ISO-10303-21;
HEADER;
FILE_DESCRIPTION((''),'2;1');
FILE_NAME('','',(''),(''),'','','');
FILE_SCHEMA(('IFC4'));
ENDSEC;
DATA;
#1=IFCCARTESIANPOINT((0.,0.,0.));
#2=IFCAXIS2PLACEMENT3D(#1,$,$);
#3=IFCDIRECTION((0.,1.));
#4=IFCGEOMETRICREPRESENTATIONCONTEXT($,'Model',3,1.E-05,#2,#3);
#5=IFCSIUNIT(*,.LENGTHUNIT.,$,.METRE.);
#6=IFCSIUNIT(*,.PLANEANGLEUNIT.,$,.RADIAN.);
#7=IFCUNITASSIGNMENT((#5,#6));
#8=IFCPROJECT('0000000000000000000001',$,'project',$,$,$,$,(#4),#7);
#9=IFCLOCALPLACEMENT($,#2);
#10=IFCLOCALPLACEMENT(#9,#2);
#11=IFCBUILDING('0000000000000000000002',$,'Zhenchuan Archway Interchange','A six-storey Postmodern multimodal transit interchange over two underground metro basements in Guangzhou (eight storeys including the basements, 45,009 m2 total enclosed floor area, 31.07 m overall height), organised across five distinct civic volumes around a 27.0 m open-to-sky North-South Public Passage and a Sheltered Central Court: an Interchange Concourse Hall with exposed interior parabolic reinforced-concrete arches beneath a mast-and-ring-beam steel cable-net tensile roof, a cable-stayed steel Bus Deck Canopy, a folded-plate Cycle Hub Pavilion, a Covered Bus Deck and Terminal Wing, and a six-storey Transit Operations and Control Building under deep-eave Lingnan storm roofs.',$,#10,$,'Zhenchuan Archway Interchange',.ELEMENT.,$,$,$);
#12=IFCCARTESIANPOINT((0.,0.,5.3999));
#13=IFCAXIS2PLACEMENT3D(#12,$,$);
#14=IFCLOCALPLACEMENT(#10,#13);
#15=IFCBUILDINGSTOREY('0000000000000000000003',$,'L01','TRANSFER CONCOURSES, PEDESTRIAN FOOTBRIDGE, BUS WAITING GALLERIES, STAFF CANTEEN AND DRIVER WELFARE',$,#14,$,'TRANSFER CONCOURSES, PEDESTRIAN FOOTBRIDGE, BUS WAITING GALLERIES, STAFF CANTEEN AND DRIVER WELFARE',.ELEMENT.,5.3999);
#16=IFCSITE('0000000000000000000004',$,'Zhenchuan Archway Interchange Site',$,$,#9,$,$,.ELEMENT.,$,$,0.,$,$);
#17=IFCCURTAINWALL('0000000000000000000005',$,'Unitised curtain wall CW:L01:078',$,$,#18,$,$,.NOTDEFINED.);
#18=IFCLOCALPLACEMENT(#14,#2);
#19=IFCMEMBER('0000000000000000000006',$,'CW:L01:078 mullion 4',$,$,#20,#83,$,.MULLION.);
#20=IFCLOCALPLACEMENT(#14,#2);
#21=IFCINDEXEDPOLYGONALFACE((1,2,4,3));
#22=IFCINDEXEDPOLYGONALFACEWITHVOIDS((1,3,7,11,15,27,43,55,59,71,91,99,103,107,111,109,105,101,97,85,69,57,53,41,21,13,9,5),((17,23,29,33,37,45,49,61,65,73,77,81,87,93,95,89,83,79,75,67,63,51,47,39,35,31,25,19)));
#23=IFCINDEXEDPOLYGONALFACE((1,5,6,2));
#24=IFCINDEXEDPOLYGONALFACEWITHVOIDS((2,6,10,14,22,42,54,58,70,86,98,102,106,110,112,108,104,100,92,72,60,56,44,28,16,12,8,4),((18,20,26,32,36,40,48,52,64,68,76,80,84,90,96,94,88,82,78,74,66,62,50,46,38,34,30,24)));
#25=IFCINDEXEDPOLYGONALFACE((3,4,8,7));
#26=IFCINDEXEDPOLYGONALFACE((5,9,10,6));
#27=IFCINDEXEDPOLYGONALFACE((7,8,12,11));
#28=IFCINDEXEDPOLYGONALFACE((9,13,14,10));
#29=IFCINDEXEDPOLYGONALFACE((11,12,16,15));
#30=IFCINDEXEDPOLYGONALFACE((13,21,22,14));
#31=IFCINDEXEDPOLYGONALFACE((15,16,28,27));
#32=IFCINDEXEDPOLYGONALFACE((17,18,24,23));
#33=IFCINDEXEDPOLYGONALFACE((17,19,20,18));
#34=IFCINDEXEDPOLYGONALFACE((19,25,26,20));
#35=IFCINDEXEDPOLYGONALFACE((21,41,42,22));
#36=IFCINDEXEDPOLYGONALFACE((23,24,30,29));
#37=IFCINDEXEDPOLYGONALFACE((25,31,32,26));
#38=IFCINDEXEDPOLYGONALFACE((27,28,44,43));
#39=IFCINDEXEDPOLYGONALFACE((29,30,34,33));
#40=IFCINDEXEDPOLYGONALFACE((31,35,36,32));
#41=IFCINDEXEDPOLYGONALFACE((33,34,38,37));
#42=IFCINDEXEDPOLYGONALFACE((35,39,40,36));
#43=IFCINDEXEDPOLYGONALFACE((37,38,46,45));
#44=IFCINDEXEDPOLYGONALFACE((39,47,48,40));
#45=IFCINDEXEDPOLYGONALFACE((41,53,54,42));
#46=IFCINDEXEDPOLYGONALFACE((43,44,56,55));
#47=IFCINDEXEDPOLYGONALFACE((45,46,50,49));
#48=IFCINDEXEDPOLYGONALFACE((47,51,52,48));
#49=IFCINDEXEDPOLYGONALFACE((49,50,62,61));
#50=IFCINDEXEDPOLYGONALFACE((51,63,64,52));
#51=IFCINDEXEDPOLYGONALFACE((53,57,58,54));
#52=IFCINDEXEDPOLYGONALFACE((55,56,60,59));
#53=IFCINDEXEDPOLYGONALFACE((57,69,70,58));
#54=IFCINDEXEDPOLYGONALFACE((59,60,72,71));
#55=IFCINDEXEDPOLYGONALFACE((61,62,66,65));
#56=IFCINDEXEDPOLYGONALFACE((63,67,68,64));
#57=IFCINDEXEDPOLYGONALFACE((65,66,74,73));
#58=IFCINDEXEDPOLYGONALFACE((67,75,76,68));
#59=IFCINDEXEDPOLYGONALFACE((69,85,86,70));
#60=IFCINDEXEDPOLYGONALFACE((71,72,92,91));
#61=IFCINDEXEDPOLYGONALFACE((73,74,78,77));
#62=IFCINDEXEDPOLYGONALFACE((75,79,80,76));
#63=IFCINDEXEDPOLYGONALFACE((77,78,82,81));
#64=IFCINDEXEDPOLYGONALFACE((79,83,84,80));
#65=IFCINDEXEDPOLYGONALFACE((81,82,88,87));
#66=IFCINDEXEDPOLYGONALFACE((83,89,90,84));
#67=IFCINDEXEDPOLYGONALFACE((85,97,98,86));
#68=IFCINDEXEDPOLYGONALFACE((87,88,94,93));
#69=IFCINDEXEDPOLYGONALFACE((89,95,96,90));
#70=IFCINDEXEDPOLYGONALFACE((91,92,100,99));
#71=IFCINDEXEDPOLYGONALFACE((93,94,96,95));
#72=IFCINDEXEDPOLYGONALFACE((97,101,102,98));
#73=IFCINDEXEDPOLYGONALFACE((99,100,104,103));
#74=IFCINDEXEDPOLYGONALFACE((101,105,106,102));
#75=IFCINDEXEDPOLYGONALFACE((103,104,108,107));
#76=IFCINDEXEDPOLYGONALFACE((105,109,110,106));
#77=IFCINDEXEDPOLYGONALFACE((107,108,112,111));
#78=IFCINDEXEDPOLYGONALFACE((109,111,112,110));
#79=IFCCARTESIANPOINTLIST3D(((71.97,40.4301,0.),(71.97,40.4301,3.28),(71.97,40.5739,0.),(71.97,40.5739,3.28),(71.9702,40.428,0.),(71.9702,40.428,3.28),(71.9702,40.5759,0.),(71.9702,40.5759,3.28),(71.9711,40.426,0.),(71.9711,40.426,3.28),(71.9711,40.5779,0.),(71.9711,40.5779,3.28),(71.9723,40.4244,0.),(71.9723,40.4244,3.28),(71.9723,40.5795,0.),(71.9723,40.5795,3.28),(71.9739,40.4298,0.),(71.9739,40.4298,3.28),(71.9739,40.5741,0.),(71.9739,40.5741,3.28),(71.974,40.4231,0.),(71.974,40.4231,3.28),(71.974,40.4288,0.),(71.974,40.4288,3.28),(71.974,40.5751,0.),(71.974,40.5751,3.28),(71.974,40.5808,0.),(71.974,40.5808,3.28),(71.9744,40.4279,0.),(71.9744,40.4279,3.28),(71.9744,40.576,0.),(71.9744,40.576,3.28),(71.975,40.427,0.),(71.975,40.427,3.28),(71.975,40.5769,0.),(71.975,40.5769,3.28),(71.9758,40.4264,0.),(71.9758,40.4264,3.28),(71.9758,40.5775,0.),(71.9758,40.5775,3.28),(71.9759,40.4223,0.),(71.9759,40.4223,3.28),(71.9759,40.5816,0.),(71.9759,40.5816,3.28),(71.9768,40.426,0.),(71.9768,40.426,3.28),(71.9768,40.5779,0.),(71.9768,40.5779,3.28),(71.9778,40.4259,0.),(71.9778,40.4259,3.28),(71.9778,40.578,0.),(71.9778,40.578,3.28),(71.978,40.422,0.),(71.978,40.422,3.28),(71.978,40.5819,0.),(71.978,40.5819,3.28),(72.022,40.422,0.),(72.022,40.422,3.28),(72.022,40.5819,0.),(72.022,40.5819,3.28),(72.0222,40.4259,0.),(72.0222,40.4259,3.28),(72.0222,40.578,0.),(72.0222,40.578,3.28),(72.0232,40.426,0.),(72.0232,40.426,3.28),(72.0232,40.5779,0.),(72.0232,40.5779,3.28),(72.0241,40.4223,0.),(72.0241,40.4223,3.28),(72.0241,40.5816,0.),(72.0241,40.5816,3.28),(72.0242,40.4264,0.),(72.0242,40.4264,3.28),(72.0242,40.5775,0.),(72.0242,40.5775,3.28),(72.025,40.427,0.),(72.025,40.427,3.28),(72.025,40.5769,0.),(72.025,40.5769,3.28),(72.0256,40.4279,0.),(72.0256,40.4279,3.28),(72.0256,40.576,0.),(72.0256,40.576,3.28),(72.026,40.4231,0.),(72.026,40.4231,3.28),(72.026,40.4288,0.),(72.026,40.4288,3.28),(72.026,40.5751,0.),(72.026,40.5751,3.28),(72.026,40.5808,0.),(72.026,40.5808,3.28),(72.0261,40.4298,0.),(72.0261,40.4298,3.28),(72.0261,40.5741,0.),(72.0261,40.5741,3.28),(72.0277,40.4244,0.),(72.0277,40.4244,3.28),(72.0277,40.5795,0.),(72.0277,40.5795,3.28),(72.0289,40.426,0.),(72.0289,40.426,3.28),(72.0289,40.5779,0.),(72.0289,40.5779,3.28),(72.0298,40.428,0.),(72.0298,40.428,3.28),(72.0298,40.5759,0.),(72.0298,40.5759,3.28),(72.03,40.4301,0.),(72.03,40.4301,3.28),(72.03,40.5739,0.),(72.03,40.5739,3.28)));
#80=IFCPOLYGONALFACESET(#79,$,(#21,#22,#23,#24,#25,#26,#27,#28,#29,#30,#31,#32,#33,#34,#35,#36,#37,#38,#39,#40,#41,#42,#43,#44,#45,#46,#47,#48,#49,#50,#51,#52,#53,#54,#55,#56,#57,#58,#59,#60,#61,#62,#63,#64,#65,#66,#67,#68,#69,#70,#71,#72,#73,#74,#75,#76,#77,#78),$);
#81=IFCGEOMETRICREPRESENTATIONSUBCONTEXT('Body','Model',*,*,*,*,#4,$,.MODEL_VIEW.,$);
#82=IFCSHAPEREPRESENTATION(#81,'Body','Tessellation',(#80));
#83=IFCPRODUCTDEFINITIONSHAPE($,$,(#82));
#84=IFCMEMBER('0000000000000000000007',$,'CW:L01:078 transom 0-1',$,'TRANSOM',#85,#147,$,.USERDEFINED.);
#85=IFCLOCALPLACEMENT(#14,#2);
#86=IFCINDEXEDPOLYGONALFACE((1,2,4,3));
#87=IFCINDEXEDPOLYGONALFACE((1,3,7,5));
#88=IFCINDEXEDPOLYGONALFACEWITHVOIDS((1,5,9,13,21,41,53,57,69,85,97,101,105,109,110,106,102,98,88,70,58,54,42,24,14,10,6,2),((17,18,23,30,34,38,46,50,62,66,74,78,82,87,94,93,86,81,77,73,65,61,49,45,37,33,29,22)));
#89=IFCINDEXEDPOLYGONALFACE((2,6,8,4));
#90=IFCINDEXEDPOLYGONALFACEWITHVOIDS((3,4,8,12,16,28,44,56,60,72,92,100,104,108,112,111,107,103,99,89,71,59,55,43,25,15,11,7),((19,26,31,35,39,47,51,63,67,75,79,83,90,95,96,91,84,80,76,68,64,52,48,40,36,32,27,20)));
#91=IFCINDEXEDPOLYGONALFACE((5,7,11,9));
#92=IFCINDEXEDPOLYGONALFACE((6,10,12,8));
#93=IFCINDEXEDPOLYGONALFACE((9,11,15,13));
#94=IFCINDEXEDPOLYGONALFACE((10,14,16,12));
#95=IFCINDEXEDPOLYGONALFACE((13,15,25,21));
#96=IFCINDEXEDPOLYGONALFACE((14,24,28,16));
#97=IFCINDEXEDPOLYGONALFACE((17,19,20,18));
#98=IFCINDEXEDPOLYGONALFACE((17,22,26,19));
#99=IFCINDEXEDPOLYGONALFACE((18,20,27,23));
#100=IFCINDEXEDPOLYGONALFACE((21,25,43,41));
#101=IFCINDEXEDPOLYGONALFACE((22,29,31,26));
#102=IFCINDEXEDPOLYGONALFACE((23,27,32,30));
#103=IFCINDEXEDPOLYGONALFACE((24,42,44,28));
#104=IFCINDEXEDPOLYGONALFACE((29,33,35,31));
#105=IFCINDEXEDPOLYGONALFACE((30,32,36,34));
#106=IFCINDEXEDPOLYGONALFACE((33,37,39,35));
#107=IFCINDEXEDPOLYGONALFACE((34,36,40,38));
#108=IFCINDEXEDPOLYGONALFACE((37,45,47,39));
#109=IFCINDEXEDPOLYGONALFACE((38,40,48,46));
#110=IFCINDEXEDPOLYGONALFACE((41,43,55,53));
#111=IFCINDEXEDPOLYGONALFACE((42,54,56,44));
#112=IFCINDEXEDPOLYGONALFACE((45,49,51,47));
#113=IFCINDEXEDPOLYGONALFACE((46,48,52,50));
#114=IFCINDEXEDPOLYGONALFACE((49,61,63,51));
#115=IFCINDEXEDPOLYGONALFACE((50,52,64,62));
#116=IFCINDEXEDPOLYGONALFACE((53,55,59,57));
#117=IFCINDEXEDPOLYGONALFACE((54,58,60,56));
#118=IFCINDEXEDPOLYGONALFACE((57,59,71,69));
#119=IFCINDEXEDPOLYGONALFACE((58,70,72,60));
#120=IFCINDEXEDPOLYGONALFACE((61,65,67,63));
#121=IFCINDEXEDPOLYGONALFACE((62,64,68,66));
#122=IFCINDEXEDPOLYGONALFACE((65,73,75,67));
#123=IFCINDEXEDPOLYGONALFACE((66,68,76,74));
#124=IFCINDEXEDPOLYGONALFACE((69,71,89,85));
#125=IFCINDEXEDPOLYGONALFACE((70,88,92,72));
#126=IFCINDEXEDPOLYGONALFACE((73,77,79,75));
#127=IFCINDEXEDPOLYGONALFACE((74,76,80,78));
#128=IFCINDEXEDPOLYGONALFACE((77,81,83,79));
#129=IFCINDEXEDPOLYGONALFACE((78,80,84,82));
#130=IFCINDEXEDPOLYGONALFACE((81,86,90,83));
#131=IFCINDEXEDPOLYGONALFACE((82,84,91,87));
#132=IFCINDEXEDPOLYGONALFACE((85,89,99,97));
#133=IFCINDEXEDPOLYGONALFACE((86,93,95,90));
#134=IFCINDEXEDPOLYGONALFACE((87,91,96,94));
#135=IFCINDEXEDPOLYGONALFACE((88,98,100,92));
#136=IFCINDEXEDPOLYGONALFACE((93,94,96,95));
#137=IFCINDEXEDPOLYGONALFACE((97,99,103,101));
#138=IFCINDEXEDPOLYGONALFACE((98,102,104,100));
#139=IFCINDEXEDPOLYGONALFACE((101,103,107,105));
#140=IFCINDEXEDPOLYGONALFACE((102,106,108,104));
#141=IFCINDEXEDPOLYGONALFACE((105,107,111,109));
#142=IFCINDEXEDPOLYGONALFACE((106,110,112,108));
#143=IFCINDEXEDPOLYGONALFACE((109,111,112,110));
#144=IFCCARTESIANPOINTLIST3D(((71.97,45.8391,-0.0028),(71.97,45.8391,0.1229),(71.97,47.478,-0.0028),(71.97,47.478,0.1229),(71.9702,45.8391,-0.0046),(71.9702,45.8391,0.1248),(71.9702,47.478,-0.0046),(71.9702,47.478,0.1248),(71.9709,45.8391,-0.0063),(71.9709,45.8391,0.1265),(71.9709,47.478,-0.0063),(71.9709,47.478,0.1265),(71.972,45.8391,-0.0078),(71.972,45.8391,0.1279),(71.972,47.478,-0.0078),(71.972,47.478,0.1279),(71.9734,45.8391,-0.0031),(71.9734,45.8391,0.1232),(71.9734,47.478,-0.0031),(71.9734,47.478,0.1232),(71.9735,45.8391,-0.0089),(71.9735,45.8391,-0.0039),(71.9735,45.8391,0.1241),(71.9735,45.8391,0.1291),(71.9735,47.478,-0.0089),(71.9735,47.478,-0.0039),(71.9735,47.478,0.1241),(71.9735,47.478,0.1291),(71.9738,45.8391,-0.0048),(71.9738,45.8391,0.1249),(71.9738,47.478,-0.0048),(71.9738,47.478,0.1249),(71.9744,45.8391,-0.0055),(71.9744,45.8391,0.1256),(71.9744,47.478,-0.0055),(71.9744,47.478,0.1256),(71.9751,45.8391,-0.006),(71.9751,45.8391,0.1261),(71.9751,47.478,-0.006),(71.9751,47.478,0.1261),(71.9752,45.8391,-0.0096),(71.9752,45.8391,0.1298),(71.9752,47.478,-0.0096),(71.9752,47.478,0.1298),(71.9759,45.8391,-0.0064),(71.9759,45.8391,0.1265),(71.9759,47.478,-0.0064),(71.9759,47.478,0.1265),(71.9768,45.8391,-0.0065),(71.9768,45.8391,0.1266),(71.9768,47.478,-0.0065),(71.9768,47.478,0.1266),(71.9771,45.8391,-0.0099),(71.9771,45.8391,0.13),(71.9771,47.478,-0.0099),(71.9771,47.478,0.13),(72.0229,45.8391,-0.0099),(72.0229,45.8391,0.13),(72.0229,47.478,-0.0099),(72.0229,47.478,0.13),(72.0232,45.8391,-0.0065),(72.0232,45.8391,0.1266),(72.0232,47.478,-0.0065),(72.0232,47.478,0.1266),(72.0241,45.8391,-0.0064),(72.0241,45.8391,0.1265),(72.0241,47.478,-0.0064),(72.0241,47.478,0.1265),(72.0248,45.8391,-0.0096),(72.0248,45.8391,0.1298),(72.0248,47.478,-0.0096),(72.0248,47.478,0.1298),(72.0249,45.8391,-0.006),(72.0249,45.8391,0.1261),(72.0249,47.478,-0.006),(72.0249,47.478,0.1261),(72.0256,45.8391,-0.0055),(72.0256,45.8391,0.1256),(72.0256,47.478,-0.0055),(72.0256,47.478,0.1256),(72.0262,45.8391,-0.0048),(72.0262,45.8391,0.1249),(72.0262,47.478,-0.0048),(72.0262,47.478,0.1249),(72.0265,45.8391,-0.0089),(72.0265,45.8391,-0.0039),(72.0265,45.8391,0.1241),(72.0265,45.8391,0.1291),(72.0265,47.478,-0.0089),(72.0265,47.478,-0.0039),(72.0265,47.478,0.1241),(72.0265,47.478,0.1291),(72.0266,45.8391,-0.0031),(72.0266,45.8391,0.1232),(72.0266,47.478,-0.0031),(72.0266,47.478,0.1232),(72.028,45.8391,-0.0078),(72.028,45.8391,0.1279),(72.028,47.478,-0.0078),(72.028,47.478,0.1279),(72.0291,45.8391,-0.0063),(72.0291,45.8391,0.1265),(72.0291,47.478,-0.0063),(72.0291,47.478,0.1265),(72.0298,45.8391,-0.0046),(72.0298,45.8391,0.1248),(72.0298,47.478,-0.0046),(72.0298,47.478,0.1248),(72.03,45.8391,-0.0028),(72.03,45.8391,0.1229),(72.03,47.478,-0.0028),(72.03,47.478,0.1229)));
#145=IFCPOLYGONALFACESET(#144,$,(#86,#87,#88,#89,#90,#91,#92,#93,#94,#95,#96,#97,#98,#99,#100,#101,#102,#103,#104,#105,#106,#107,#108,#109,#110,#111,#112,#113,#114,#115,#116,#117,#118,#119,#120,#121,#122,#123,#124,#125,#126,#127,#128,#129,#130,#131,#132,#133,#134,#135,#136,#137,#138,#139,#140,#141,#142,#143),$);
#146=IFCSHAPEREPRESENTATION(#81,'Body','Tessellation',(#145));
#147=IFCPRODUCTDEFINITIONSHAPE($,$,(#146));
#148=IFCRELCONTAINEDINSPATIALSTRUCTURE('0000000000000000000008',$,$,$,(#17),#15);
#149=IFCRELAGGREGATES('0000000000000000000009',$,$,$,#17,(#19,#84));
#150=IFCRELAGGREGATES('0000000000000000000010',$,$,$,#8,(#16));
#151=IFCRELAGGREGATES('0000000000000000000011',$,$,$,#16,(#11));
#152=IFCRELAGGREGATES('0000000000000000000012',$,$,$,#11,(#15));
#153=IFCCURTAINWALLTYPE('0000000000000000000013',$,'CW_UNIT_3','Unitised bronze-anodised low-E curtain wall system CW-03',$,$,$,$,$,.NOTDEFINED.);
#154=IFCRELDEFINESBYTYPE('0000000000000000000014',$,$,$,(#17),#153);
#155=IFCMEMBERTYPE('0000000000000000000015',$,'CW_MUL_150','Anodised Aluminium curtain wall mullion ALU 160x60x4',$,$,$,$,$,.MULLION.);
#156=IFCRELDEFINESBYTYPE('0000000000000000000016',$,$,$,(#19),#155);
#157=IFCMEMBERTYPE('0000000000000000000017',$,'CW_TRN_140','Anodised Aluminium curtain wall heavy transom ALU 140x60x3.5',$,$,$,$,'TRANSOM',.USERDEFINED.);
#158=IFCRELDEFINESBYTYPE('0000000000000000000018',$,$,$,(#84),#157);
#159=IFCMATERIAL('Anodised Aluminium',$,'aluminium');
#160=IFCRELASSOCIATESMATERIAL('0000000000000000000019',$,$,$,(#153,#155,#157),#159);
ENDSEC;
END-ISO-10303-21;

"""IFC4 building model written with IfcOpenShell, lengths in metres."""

from ifc_helpers import new_model, si_unit, direction, frame, origin, origin_2d, place, context, subcontext, project, spatial, hollow_rectangle, extrude, material, material_profile, profile_set, type_object, element, aggregate, save


model = new_model("IFC4")

# Units and contexts
model_context = context("Model", 3, precision=1e-05, world=origin(), true_north=direction((0.0, 1.0)))
body_context = subcontext(model_context, "Body", "Model", "MODEL_VIEW")
ifc_project = project(units=[si_unit("LENGTHUNIT", "METRE"), si_unit("PLANEANGLEUNIT", "RADIAN")], contexts=[model_context])

# Site, building, storey
site_placement = place(None, origin())
site = spatial("IfcSite", under=ifc_project, at=site_placement, Name="Zhenchuan Archway Interchange Site", CompositionType="ELEMENT", RefElevation=0.0)
building_placement = place(site_placement, origin())
building = spatial("IfcBuilding", under=site, at=building_placement, Name="Zhenchuan Archway Interchange", Description="A six-storey Postmodern multimodal transit interchange over two underground metro basements in Guangzhou (eight storeys including the basements, 45,009 m2 total enclosed floor area, 31.07 m overall height), organised across five distinct civic volumes around a 27.0 m open-to-sky North-South Public Passage and a Sheltered Central Court: an Interchange Concourse Hall with exposed interior parabolic reinforced-concrete arches beneath a mast-and-ring-beam steel cable-net tensile roof, a cable-stayed steel Bus Deck Canopy, a folded-plate Cycle Hub Pavilion, a Covered Bus Deck and Terminal Wing, and a six-storey Transit Operations and Control Building under deep-eave Lingnan storm roofs.", LongName="Zhenchuan Archway Interchange", CompositionType="ELEMENT")
storey_placement = place(building_placement, frame((0.0, 0.0, 5.3999)))
storey = spatial("IfcBuildingStorey", under=building, at=storey_placement, Name="L01", Description="TRANSFER CONCOURSES, PEDESTRIAN FOOTBRIDGE, BUS WAITING GALLERIES, STAFF CANTEEN AND DRIVER WELFARE", LongName="TRANSFER CONCOURSES, PEDESTRIAN FOOTBRIDGE, BUS WAITING GALLERIES, STAFF CANTEEN AND DRIVER WELFARE", CompositionType="ELEMENT", Elevation=5.3999)

# Curtain wall, members
ifc_material_1 = material(Name="Anodised Aluminium", Category="aluminium")
curtain_wall_type = type_object("IfcCurtainWallType", Name="CW_UNIT_3", Description="Unitised bronze-anodised low-E curtain wall system CW-03", PredefinedType="NOTDEFINED", material=ifc_material_1)
curtain_wall_placement = place(storey_placement, origin())
curtain_wall = element("IfcCurtainWall", 1, at=curtain_wall_placement, inside=storey, type_object=curtain_wall_type, Name="Unitised curtain wall CW:L01:078", PredefinedType="NOTDEFINED")
ifc_material_profile_1 = material_profile(ifc_material_1, hollow_rectangle(XDim=0.0601, YDim=0.1599, WallThickness=0.0039, InnerFilletRadius=0.0039, OuterFilletRadius=0.0081, at=origin_2d()), Name="ALU 160x60x4")
ifc_profile_set_1 = profile_set([ifc_material_profile_1], Name="Anodised Aluminium")
member_type_1 = type_object("IfcMemberType", Name="CW_MUL_150", Description="Anodised Aluminium curtain wall mullion ALU 160x60x4", PredefinedType="MULLION", material=ifc_profile_set_1)
member_1_placement = place(storey_placement, frame((72.0, 40.502, 0.0), z_axis=(0.0, 0.0, 1.0), x_axis=(1.0, 0.0, 0.0)))
member_1 = element("IfcMember", 2, at=member_1_placement, type_object=member_type_1, Name="CW:L01:078 mullion 4", PredefinedType="MULLION", context=body_context, shape_type="SweptSolid", body=[
    extrude(hollow_rectangle(XDim=0.0601, YDim=0.1599, WallThickness=0.0039, InnerFilletRadius=0.0039, OuterFilletRadius=0.0081, at=origin_2d()), origin(), (0.0, 0.0, 1.0), 3.28),
])
ifc_material_profile_2 = material_profile(ifc_material_1, hollow_rectangle(XDim=0.0601, YDim=0.1399, WallThickness=0.0034, InnerFilletRadius=0.0034, OuterFilletRadius=0.0071, at=origin_2d()), Name="ALU 140x60x3.5")
ifc_profile_set_2 = profile_set([ifc_material_profile_2], Name="Anodised Aluminium")
member_type_2 = type_object("IfcMemberType", Name="CW_TRN_140", Description="Anodised Aluminium curtain wall heavy transom ALU 140x60x3.5", ElementType="TRANSOM", PredefinedType="USERDEFINED", material=ifc_profile_set_2)
member_2_placement = place(storey_placement, frame((72.0, 47.478, 0.0601), z_axis=(0.0, -1.0, 0.0), x_axis=(1.0, 0.0, 0.0)))
member_2 = element("IfcMember", 3, at=member_2_placement, type_object=member_type_2, Name="CW:L01:078 transom 0-1", ObjectType="TRANSOM", PredefinedType="USERDEFINED", context=body_context, shape_type="SweptSolid", body=[
    extrude(hollow_rectangle(XDim=0.0601, YDim=0.1399, WallThickness=0.0034, InnerFilletRadius=0.0034, OuterFilletRadius=0.0071, at=origin_2d()), origin(), (0.0, 0.0, 1.0), 1.6389),
])

aggregate(curtain_wall, [member_1, member_2])

save(model, "model.ifc")
